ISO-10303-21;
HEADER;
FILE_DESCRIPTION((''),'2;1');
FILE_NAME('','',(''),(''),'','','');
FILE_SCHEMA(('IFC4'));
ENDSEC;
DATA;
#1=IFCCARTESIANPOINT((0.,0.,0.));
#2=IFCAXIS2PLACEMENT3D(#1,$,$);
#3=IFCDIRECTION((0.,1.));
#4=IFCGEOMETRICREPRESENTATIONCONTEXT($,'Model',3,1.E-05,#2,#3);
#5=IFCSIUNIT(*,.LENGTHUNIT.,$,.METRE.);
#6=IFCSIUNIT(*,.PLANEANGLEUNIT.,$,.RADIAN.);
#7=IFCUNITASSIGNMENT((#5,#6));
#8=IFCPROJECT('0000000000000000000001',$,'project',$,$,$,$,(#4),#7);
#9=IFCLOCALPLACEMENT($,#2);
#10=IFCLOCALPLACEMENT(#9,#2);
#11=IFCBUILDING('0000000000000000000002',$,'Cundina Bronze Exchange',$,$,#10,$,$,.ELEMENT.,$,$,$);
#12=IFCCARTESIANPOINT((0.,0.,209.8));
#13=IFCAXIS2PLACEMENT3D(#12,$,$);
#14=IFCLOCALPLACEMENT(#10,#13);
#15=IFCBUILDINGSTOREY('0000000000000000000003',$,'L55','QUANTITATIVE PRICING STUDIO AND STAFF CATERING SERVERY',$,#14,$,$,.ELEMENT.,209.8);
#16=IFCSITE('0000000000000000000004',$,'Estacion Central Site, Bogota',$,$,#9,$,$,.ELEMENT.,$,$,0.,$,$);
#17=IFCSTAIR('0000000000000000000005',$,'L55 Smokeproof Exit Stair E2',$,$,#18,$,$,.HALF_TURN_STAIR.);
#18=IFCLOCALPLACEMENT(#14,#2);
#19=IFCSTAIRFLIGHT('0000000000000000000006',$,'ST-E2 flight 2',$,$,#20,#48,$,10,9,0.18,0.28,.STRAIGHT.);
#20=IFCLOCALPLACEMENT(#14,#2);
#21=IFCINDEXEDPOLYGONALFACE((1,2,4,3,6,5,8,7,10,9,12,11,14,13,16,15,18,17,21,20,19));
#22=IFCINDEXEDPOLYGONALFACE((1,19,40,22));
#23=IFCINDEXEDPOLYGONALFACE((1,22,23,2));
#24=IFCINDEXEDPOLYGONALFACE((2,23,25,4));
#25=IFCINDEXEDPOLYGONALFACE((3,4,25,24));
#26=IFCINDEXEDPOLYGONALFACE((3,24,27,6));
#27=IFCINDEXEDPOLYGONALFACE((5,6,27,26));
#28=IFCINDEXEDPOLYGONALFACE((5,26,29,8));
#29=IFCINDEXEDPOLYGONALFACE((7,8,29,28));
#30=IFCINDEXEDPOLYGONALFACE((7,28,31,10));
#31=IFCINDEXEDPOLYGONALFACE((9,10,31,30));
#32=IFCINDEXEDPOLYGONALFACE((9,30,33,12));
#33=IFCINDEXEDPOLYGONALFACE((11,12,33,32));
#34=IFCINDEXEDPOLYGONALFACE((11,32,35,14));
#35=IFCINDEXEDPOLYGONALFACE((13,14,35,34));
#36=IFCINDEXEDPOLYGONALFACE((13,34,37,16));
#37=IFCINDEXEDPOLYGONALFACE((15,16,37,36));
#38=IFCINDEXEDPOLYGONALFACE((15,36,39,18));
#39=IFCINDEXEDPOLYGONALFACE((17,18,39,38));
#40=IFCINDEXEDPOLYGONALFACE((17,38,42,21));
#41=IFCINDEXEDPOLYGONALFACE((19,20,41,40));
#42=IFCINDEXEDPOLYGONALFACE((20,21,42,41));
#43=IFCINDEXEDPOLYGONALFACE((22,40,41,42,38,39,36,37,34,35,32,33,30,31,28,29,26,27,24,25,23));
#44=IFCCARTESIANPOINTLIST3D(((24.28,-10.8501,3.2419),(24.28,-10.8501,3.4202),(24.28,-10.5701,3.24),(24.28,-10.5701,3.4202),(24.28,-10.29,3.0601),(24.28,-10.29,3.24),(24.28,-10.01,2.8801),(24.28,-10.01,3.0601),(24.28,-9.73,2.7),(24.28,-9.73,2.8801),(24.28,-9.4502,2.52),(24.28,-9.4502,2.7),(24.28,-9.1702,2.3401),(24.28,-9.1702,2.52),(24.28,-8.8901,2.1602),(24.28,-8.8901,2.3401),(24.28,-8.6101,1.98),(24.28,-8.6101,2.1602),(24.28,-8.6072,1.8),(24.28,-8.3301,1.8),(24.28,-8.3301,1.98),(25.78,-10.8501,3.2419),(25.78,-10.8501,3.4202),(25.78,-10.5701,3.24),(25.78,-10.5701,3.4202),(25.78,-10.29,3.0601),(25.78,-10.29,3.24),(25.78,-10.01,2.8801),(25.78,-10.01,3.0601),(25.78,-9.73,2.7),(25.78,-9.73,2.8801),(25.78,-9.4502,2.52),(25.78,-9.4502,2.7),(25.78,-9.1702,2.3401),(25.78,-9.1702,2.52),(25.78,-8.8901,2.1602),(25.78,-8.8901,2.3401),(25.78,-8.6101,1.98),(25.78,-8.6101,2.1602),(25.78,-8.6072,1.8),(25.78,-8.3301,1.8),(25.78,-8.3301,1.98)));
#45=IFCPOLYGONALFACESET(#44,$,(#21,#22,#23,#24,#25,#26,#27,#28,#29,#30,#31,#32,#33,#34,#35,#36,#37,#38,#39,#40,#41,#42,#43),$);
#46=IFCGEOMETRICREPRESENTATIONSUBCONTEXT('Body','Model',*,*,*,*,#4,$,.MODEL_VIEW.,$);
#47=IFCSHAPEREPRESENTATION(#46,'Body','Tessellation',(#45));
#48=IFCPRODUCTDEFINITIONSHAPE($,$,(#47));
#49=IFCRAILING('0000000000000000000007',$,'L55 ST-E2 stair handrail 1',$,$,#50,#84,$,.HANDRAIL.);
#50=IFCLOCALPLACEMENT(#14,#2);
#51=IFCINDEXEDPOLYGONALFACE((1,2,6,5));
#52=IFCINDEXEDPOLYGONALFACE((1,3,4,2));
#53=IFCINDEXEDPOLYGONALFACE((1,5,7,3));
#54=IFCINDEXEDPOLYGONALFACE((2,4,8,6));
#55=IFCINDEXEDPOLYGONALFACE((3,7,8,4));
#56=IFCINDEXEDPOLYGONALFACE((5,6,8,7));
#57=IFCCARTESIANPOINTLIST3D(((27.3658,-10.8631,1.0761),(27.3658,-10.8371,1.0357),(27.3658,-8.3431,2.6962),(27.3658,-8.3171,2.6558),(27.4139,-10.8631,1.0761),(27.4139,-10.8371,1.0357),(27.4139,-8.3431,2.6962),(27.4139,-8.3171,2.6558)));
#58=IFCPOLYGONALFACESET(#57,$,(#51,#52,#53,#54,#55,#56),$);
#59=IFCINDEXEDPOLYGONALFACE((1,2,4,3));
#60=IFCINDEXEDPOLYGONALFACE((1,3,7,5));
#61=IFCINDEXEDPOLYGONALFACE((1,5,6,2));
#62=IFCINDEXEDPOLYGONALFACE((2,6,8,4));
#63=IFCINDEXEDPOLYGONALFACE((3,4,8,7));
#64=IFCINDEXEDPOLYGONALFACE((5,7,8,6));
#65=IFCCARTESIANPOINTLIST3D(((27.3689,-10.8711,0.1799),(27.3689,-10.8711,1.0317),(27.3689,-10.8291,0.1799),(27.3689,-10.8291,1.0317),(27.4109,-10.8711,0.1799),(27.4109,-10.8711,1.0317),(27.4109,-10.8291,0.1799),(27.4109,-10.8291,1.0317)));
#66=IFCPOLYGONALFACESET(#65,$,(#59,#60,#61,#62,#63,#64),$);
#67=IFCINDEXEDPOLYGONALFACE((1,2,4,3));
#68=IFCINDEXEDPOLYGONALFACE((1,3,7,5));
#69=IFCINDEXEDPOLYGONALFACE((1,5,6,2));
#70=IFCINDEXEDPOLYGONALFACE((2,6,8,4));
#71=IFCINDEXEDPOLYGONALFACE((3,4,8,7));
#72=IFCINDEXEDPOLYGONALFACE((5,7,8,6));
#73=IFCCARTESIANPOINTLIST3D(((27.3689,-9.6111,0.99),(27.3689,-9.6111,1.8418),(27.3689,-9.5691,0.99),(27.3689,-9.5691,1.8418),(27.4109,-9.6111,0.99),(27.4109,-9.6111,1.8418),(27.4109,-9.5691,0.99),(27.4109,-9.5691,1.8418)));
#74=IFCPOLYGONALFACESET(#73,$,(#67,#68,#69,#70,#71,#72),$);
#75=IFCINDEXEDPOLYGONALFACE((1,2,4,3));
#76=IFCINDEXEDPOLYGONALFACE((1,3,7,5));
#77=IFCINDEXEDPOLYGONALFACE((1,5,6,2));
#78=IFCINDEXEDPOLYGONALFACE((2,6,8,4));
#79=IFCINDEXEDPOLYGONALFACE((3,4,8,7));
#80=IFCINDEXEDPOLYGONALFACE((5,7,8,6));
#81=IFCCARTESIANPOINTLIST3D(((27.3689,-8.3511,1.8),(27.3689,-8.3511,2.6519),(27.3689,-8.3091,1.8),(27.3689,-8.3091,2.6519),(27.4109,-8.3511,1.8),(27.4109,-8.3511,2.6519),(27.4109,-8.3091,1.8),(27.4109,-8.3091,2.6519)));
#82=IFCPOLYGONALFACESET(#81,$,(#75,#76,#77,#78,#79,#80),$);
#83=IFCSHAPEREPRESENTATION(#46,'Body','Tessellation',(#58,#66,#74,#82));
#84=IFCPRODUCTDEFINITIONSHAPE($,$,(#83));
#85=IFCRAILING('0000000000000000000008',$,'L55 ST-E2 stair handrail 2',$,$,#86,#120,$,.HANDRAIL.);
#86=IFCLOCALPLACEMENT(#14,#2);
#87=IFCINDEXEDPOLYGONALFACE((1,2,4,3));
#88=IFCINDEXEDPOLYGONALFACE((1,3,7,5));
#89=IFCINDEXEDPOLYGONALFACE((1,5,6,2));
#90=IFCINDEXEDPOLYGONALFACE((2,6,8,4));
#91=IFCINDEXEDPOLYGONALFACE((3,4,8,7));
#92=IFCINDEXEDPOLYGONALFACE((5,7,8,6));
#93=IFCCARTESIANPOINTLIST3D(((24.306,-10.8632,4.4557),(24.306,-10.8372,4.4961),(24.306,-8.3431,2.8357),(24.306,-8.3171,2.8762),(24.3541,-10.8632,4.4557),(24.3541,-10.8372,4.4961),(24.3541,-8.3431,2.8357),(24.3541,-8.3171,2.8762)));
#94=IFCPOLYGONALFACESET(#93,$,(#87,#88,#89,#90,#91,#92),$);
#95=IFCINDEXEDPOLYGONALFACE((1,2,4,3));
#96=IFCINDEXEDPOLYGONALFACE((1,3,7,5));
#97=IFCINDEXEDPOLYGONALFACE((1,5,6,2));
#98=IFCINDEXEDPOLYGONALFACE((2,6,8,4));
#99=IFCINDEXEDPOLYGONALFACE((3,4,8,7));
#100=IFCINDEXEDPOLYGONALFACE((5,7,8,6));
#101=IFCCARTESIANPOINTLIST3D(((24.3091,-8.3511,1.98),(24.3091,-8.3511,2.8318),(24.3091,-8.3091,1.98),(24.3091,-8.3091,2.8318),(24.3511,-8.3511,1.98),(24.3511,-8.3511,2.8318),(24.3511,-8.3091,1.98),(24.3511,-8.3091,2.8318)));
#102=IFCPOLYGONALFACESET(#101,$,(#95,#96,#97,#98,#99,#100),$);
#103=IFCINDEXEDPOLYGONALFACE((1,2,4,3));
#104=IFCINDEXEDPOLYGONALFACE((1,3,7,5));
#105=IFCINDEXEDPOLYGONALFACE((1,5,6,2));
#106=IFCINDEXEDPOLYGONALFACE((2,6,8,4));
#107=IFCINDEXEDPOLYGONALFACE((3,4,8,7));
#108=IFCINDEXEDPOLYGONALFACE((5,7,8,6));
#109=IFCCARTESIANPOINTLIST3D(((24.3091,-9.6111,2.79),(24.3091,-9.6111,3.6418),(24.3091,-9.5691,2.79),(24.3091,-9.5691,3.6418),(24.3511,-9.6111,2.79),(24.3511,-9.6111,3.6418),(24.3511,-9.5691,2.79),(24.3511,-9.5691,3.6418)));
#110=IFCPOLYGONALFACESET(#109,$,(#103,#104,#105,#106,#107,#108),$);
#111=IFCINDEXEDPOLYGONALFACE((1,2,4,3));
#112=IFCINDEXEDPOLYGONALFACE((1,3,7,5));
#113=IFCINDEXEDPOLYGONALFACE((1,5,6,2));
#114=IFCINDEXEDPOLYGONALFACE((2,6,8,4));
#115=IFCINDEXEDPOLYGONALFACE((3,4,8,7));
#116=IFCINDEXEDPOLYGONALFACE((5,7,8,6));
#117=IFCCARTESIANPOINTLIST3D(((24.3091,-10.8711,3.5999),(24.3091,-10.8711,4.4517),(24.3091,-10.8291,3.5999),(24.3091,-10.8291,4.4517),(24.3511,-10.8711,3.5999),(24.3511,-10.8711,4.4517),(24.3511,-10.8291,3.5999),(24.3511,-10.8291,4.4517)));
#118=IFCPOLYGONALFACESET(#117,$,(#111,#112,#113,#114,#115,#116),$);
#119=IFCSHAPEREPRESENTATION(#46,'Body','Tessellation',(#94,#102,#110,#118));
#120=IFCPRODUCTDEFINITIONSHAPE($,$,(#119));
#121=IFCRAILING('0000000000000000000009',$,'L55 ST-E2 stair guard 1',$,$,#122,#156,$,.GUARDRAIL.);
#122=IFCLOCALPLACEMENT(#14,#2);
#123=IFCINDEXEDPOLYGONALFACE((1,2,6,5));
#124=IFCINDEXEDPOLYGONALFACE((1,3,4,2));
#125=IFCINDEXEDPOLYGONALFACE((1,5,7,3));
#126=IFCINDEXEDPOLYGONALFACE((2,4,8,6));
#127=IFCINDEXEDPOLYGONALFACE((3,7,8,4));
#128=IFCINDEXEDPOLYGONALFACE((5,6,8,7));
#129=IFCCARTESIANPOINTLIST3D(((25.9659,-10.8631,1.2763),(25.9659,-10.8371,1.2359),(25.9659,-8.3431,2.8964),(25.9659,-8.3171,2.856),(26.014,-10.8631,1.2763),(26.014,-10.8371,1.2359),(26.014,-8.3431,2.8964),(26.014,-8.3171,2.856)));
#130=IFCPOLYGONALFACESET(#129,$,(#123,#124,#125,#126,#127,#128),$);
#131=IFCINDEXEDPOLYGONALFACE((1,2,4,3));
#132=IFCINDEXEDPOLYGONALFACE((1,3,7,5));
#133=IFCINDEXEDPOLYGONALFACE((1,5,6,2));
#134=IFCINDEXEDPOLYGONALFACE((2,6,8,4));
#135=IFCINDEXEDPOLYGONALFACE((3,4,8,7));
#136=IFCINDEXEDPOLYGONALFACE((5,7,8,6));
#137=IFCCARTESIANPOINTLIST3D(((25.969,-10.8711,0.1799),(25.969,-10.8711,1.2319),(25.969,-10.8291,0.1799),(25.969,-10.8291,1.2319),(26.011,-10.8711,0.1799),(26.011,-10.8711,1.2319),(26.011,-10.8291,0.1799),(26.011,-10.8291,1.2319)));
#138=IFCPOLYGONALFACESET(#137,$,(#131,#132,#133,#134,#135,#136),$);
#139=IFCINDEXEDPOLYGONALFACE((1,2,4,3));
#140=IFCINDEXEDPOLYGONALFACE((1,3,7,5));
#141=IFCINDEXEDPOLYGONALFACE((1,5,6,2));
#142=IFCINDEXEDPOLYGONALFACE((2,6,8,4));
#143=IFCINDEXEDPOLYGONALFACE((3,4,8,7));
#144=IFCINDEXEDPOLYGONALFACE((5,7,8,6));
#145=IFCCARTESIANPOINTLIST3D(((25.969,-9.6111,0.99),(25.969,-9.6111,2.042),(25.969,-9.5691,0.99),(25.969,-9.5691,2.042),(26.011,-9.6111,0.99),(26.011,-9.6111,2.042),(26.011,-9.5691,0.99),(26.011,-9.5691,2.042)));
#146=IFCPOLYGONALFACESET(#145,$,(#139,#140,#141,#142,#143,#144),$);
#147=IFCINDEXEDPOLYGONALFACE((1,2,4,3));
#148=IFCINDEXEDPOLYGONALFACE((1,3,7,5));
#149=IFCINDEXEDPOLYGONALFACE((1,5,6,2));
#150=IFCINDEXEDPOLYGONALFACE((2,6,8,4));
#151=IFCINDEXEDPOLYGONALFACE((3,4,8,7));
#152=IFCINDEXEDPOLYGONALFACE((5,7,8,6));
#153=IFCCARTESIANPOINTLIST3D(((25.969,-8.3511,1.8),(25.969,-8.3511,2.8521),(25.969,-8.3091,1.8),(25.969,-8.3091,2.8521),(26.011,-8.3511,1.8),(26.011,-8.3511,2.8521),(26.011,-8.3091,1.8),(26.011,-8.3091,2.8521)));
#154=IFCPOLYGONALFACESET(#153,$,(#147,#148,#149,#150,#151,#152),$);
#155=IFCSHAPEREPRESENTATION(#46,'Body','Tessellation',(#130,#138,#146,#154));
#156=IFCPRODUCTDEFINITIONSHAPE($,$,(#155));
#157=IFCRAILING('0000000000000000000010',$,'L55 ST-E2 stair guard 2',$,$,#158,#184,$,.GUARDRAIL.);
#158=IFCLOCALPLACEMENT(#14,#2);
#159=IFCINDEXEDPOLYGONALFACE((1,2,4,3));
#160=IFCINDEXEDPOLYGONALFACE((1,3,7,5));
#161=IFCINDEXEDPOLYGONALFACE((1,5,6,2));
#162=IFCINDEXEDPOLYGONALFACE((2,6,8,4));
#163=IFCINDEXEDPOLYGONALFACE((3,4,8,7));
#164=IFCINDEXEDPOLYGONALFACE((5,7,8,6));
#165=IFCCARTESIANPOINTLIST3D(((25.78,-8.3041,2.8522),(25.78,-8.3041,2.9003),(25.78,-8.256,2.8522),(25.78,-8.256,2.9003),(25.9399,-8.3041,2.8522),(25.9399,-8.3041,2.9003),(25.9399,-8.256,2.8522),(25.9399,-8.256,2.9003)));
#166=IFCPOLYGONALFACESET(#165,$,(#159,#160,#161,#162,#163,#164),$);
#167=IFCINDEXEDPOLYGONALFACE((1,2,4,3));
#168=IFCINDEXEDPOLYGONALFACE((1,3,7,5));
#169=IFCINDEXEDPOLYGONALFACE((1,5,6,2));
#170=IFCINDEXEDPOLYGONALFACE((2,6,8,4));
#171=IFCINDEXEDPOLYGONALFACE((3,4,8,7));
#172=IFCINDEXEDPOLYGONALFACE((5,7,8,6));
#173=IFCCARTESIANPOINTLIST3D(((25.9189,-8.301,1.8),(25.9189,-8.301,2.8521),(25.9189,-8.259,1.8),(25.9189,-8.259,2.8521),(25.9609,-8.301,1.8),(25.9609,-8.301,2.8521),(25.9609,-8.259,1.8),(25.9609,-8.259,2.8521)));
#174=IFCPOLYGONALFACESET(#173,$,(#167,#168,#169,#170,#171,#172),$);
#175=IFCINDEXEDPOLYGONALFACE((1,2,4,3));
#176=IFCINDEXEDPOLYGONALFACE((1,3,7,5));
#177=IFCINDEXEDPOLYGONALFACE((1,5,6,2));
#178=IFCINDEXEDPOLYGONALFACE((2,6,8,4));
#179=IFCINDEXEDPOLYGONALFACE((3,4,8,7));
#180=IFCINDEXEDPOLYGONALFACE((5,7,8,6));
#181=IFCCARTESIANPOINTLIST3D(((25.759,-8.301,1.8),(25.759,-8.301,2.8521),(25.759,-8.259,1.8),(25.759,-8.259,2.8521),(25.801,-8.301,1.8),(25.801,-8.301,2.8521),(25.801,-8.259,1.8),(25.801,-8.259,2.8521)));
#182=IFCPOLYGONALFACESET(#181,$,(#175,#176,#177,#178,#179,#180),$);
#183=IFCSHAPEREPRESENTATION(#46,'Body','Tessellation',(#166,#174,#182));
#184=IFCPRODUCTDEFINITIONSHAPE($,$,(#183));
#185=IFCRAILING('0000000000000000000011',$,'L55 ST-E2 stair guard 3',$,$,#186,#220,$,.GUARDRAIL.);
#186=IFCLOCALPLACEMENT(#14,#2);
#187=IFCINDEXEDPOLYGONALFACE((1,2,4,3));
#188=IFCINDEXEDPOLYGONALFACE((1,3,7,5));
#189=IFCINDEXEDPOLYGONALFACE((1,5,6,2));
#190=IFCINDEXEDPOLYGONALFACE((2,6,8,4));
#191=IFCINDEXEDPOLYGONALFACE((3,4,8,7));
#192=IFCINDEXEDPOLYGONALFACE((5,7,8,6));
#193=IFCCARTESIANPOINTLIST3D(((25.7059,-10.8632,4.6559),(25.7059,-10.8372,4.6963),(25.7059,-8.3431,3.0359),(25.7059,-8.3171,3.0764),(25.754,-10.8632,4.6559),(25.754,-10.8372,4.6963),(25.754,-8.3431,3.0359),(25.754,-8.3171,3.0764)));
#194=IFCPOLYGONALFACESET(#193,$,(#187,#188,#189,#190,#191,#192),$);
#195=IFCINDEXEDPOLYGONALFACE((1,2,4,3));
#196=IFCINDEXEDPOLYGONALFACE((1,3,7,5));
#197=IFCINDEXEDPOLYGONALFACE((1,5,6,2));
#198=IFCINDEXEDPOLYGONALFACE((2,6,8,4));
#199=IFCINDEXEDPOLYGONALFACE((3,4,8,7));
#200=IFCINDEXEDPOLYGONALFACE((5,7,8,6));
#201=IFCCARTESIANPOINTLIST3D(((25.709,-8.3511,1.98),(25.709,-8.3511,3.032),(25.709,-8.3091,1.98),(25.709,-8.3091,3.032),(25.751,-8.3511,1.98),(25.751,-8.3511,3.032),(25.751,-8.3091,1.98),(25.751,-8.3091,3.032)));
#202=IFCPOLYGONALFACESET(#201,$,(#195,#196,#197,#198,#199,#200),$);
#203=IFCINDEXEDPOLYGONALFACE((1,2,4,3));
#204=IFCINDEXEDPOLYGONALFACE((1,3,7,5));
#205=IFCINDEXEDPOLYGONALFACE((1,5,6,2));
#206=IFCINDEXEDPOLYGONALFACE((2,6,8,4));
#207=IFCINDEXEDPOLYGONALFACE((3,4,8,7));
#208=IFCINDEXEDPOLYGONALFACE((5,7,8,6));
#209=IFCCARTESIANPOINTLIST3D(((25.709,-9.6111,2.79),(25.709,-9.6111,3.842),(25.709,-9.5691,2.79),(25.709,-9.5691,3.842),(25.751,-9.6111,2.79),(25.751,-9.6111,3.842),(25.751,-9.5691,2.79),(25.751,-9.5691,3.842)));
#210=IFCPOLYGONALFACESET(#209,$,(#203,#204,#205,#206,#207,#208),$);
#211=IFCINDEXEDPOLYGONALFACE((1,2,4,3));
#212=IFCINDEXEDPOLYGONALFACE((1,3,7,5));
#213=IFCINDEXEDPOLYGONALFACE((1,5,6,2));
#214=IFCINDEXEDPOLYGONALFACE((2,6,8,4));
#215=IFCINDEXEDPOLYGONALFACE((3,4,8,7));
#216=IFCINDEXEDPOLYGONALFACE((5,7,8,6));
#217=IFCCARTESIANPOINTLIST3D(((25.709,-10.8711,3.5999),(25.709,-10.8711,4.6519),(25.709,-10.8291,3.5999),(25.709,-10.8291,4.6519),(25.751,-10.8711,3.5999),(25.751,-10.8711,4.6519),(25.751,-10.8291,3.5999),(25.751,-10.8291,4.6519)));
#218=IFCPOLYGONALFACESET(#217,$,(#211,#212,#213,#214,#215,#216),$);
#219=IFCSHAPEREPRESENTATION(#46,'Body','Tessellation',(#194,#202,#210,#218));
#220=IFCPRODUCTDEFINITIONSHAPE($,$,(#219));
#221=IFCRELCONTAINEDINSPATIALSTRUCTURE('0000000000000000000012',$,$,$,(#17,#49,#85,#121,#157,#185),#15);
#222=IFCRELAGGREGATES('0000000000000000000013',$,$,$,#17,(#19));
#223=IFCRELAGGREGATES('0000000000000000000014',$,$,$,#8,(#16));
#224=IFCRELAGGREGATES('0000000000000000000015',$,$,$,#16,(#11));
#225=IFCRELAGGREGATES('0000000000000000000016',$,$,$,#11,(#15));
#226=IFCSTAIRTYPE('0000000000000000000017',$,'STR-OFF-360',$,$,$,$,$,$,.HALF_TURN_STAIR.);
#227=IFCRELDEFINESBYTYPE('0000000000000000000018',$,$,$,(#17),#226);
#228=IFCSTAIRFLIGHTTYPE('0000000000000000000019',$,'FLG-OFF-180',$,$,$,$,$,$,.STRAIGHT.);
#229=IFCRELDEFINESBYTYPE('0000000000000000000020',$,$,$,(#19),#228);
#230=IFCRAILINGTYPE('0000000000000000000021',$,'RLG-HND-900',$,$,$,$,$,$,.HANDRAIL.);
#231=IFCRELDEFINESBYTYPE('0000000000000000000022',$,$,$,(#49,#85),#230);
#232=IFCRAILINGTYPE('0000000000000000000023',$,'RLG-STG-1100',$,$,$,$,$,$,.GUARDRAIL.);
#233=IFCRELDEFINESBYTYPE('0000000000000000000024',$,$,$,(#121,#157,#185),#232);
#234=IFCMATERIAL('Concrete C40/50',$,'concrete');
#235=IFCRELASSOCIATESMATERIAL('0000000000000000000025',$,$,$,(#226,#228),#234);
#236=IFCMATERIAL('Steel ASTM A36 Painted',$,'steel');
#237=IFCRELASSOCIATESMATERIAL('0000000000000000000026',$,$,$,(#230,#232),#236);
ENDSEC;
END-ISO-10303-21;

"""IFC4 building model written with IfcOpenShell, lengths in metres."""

from ifc_helpers import new_model, si_unit, direction, frame, origin, origin_2d, place, context, subcontext, project, spatial, polyline, rectangle, outline, extrude, material, type_object, element, aggregate, save


model = new_model("IFC4")

# Units and contexts
model_context = context("Model", 3, precision=1e-05, world=origin(), true_north=direction((0.0, 1.0)))
body_context = subcontext(model_context, "Body", "Model", "MODEL_VIEW")
ifc_project = project(units=[si_unit("LENGTHUNIT", "METRE"), si_unit("PLANEANGLEUNIT", "RADIAN")], contexts=[model_context])

# Site, building, storey
site_placement = place(None, origin())
site = spatial("IfcSite", under=ifc_project, at=site_placement, Name="Estacion Central Site, Bogota", CompositionType="ELEMENT", RefElevation=0.0)
building_placement = place(site_placement, origin())
building = spatial("IfcBuilding", under=site, at=building_placement, Name="Cundina Bronze Exchange", CompositionType="ELEMENT")
storey_placement = place(building_placement, frame((0.0, 0.0, 209.8)))
storey = spatial("IfcBuildingStorey", under=building, at=storey_placement, Name="L55", Description="QUANTITATIVE PRICING STUDIO AND STAFF CATERING SERVERY", CompositionType="ELEMENT", Elevation=209.8)

# Shared definitions
ifc_material_1 = material(Name="Steel ASTM A36 Painted", Category="steel")

# Stair, stair flight
ifc_material_2 = material(Name="Concrete C40/50", Category="concrete")
stair_type = type_object("IfcStairType", Name="STR-OFF-360", PredefinedType="HALF_TURN_STAIR", material=ifc_material_2)
stair_placement = place(storey_placement, origin())
stair = element("IfcStair", 1, at=stair_placement, inside=storey, type_object=stair_type, Name="L55 Smokeproof Exit Stair E2", PredefinedType="HALF_TURN_STAIR")
stair_flight_type = type_object("IfcStairFlightType", Name="FLG-OFF-180", PredefinedType="STRAIGHT", material=ifc_material_2)
stair_flight_1_placement = place(storey_placement, frame((25.03, -8.3301, 1.8), z_axis=(0.0, 0.0, 1.0), x_axis=(0.0, -1.0, 0.0)))
stair_flight_1 = element("IfcStairFlight", 2, at=stair_flight_1_placement, type_object=stair_flight_type, Name="ST-E2 flight 2", NumberOfRisers=10, NumberOfTreads=9, PredefinedType="STRAIGHT", RiserHeight=0.18, TreadLength=0.28, context=body_context, shape_type="SweptSolid", body=[
    extrude(outline(polyline([(0.0, 0.0), (0.0, 0.1799), (0.28, 0.1799), (0.28, 0.3601), (0.5601, 0.3601), (0.5601, 0.54), (0.8401, 0.54), (0.8401, 0.72), (1.1201, 0.72), (1.1201, 0.8999), (1.3999, 0.8999), (1.3999, 1.0801), (1.6799, 1.0801), (1.6799, 1.26), (1.96, 1.26), (1.96, 1.4399), (2.24, 1.4399), (2.24, 1.6201), (2.52, 1.6201), (2.52, 1.8), (2.52, 1.4419), (0.2771, 0.0), (0.0, 0.0)])), frame((0.0, 0.75, 0.0), z_axis=(0.0, -1.0, 0.0), x_axis=(1.0, 0.0, 0.0)), (0.0, 0.0, 1.0), 1.5),
])
aggregate(stair, [stair_flight_1])

# Railings
railing_type_1 = type_object("IfcRailingType", Name="RLG-HND-900", PredefinedType="HANDRAIL", material=ifc_material_1)
railing_1_placement = place(storey_placement, frame((27.3899, -10.8501, 0.1799)))
element("IfcRailing", 3, at=railing_1_placement, inside=storey, type_object=railing_type_1, Name="L55 ST-E2 stair handrail 1", PredefinedType="HANDRAIL", context=body_context, shape_type="SweptSolid", body=[
    extrude(rectangle(XDim=0.0481, YDim=0.0481, at=origin_2d()), frame((0.0, 0.0, 0.876), z_axis=(0.0, 0.841163, 0.540782), x_axis=(-1.0, 0.0, 0.0)), (0.0, 0.0, 1.0), 2.9958),
    extrude(rectangle(XDim=0.042, YDim=0.042, at=origin_2d()), origin(), (0.0, 0.0, 1.0), 0.8518),
    extrude(rectangle(XDim=0.042, YDim=0.042, at=origin_2d()), frame((0.0, 1.26, 0.8101)), (0.0, 0.0, 1.0), 0.8518),
    extrude(rectangle(XDim=0.042, YDim=0.042, at=origin_2d()), frame((0.0, 2.52, 1.6201)), (0.0, 0.0, 1.0), 0.8518),
])
railing_2_placement = place(storey_placement, frame((24.3301, -8.3301, 1.98)))
element("IfcRailing", 4, at=railing_2_placement, inside=storey, type_object=railing_type_1, Name="L55 ST-E2 stair handrail 2", PredefinedType="HANDRAIL", context=body_context, shape_type="SweptSolid", body=[
    extrude(rectangle(XDim=0.0481, YDim=0.0481, at=origin_2d()), frame((0.0, 0.0, 0.876), z_axis=(0.0, -0.8412, 0.540725), x_axis=(1.0, 0.0, 0.0)), (0.0, 0.0, 1.0), 2.9958),
    extrude(rectangle(XDim=0.042, YDim=0.042, at=origin_2d()), origin(), (0.0, 0.0, 1.0), 0.8518),
    extrude(rectangle(XDim=0.042, YDim=0.042, at=origin_2d()), frame((0.0, -1.26, 0.8101)), (0.0, 0.0, 1.0), 0.8518),
    extrude(rectangle(XDim=0.042, YDim=0.042, at=origin_2d()), frame((0.0, -2.52, 1.6199)), (0.0, 0.0, 1.0), 0.8518),
])
railing_type_2 = type_object("IfcRailingType", Name="RLG-STG-1100", PredefinedType="GUARDRAIL", material=ifc_material_1)
railing_3_placement = place(storey_placement, frame((25.99, -10.8501, 0.1799)))
element("IfcRailing", 5, at=railing_3_placement, inside=storey, type_object=railing_type_2, Name="L55 ST-E2 stair guard 1", PredefinedType="GUARDRAIL", context=body_context, shape_type="SweptSolid", body=[
    extrude(rectangle(XDim=0.0481, YDim=0.0481, at=origin_2d()), frame((0.0, 0.0, 1.0762), z_axis=(0.0, 0.841163, 0.540782), x_axis=(-1.0, 0.0, 0.0)), (0.0, 0.0, 1.0), 2.9958),
    extrude(rectangle(XDim=0.042, YDim=0.042, at=origin_2d()), origin(), (0.0, 0.0, 1.0), 1.052),
    extrude(rectangle(XDim=0.042, YDim=0.042, at=origin_2d()), frame((0.0, 1.26, 0.8101)), (0.0, 0.0, 1.0), 1.052),
    extrude(rectangle(XDim=0.042, YDim=0.042, at=origin_2d()), frame((0.0, 2.52, 1.6201)), (0.0, 0.0, 1.0), 1.052),
])
railing_4_placement = place(storey_placement, frame((25.9399, -8.28, 1.8)))
element("IfcRailing", 6, at=railing_4_placement, inside=storey, type_object=railing_type_2, Name="L55 ST-E2 stair guard 2", PredefinedType="GUARDRAIL", context=body_context, shape_type="SweptSolid", body=[
    extrude(rectangle(XDim=0.0481, YDim=0.0481, at=origin_2d()), frame((0.0, 0.0, 1.0762), z_axis=(-1.0, 0.0, 0.0), x_axis=(0.0, -1.0, 0.0)), (0.0, 0.0, 1.0), 0.1599),
    extrude(rectangle(XDim=0.042, YDim=0.042, at=origin_2d()), origin(), (0.0, 0.0, 1.0), 1.052),
    extrude(rectangle(XDim=0.042, YDim=0.042, at=origin_2d()), frame((-0.1599, 0.0, 0.0)), (0.0, 0.0, 1.0), 1.052),
])
railing_5_placement = place(storey_placement, frame((25.73, -8.3301, 1.98)))
element("IfcRailing", 7, at=railing_5_placement, inside=storey, type_object=railing_type_2, Name="L55 ST-E2 stair guard 3", PredefinedType="GUARDRAIL", context=body_context, shape_type="SweptSolid", body=[
    extrude(rectangle(XDim=0.0481, YDim=0.0481, at=origin_2d()), frame((0.0, 0.0, 1.0762), z_axis=(0.0, -0.8412, 0.540725), x_axis=(1.0, 0.0, 0.0)), (0.0, 0.0, 1.0), 2.9958),
    extrude(rectangle(XDim=0.042, YDim=0.042, at=origin_2d()), origin(), (0.0, 0.0, 1.0), 1.052),
    extrude(rectangle(XDim=0.042, YDim=0.042, at=origin_2d()), frame((0.0, -1.26, 0.8101)), (0.0, 0.0, 1.0), 1.052),
    extrude(rectangle(XDim=0.042, YDim=0.042, at=origin_2d()), frame((0.0, -2.52, 1.6199)), (0.0, 0.0, 1.0), 1.052),
])

save(model, "model.ifc")
